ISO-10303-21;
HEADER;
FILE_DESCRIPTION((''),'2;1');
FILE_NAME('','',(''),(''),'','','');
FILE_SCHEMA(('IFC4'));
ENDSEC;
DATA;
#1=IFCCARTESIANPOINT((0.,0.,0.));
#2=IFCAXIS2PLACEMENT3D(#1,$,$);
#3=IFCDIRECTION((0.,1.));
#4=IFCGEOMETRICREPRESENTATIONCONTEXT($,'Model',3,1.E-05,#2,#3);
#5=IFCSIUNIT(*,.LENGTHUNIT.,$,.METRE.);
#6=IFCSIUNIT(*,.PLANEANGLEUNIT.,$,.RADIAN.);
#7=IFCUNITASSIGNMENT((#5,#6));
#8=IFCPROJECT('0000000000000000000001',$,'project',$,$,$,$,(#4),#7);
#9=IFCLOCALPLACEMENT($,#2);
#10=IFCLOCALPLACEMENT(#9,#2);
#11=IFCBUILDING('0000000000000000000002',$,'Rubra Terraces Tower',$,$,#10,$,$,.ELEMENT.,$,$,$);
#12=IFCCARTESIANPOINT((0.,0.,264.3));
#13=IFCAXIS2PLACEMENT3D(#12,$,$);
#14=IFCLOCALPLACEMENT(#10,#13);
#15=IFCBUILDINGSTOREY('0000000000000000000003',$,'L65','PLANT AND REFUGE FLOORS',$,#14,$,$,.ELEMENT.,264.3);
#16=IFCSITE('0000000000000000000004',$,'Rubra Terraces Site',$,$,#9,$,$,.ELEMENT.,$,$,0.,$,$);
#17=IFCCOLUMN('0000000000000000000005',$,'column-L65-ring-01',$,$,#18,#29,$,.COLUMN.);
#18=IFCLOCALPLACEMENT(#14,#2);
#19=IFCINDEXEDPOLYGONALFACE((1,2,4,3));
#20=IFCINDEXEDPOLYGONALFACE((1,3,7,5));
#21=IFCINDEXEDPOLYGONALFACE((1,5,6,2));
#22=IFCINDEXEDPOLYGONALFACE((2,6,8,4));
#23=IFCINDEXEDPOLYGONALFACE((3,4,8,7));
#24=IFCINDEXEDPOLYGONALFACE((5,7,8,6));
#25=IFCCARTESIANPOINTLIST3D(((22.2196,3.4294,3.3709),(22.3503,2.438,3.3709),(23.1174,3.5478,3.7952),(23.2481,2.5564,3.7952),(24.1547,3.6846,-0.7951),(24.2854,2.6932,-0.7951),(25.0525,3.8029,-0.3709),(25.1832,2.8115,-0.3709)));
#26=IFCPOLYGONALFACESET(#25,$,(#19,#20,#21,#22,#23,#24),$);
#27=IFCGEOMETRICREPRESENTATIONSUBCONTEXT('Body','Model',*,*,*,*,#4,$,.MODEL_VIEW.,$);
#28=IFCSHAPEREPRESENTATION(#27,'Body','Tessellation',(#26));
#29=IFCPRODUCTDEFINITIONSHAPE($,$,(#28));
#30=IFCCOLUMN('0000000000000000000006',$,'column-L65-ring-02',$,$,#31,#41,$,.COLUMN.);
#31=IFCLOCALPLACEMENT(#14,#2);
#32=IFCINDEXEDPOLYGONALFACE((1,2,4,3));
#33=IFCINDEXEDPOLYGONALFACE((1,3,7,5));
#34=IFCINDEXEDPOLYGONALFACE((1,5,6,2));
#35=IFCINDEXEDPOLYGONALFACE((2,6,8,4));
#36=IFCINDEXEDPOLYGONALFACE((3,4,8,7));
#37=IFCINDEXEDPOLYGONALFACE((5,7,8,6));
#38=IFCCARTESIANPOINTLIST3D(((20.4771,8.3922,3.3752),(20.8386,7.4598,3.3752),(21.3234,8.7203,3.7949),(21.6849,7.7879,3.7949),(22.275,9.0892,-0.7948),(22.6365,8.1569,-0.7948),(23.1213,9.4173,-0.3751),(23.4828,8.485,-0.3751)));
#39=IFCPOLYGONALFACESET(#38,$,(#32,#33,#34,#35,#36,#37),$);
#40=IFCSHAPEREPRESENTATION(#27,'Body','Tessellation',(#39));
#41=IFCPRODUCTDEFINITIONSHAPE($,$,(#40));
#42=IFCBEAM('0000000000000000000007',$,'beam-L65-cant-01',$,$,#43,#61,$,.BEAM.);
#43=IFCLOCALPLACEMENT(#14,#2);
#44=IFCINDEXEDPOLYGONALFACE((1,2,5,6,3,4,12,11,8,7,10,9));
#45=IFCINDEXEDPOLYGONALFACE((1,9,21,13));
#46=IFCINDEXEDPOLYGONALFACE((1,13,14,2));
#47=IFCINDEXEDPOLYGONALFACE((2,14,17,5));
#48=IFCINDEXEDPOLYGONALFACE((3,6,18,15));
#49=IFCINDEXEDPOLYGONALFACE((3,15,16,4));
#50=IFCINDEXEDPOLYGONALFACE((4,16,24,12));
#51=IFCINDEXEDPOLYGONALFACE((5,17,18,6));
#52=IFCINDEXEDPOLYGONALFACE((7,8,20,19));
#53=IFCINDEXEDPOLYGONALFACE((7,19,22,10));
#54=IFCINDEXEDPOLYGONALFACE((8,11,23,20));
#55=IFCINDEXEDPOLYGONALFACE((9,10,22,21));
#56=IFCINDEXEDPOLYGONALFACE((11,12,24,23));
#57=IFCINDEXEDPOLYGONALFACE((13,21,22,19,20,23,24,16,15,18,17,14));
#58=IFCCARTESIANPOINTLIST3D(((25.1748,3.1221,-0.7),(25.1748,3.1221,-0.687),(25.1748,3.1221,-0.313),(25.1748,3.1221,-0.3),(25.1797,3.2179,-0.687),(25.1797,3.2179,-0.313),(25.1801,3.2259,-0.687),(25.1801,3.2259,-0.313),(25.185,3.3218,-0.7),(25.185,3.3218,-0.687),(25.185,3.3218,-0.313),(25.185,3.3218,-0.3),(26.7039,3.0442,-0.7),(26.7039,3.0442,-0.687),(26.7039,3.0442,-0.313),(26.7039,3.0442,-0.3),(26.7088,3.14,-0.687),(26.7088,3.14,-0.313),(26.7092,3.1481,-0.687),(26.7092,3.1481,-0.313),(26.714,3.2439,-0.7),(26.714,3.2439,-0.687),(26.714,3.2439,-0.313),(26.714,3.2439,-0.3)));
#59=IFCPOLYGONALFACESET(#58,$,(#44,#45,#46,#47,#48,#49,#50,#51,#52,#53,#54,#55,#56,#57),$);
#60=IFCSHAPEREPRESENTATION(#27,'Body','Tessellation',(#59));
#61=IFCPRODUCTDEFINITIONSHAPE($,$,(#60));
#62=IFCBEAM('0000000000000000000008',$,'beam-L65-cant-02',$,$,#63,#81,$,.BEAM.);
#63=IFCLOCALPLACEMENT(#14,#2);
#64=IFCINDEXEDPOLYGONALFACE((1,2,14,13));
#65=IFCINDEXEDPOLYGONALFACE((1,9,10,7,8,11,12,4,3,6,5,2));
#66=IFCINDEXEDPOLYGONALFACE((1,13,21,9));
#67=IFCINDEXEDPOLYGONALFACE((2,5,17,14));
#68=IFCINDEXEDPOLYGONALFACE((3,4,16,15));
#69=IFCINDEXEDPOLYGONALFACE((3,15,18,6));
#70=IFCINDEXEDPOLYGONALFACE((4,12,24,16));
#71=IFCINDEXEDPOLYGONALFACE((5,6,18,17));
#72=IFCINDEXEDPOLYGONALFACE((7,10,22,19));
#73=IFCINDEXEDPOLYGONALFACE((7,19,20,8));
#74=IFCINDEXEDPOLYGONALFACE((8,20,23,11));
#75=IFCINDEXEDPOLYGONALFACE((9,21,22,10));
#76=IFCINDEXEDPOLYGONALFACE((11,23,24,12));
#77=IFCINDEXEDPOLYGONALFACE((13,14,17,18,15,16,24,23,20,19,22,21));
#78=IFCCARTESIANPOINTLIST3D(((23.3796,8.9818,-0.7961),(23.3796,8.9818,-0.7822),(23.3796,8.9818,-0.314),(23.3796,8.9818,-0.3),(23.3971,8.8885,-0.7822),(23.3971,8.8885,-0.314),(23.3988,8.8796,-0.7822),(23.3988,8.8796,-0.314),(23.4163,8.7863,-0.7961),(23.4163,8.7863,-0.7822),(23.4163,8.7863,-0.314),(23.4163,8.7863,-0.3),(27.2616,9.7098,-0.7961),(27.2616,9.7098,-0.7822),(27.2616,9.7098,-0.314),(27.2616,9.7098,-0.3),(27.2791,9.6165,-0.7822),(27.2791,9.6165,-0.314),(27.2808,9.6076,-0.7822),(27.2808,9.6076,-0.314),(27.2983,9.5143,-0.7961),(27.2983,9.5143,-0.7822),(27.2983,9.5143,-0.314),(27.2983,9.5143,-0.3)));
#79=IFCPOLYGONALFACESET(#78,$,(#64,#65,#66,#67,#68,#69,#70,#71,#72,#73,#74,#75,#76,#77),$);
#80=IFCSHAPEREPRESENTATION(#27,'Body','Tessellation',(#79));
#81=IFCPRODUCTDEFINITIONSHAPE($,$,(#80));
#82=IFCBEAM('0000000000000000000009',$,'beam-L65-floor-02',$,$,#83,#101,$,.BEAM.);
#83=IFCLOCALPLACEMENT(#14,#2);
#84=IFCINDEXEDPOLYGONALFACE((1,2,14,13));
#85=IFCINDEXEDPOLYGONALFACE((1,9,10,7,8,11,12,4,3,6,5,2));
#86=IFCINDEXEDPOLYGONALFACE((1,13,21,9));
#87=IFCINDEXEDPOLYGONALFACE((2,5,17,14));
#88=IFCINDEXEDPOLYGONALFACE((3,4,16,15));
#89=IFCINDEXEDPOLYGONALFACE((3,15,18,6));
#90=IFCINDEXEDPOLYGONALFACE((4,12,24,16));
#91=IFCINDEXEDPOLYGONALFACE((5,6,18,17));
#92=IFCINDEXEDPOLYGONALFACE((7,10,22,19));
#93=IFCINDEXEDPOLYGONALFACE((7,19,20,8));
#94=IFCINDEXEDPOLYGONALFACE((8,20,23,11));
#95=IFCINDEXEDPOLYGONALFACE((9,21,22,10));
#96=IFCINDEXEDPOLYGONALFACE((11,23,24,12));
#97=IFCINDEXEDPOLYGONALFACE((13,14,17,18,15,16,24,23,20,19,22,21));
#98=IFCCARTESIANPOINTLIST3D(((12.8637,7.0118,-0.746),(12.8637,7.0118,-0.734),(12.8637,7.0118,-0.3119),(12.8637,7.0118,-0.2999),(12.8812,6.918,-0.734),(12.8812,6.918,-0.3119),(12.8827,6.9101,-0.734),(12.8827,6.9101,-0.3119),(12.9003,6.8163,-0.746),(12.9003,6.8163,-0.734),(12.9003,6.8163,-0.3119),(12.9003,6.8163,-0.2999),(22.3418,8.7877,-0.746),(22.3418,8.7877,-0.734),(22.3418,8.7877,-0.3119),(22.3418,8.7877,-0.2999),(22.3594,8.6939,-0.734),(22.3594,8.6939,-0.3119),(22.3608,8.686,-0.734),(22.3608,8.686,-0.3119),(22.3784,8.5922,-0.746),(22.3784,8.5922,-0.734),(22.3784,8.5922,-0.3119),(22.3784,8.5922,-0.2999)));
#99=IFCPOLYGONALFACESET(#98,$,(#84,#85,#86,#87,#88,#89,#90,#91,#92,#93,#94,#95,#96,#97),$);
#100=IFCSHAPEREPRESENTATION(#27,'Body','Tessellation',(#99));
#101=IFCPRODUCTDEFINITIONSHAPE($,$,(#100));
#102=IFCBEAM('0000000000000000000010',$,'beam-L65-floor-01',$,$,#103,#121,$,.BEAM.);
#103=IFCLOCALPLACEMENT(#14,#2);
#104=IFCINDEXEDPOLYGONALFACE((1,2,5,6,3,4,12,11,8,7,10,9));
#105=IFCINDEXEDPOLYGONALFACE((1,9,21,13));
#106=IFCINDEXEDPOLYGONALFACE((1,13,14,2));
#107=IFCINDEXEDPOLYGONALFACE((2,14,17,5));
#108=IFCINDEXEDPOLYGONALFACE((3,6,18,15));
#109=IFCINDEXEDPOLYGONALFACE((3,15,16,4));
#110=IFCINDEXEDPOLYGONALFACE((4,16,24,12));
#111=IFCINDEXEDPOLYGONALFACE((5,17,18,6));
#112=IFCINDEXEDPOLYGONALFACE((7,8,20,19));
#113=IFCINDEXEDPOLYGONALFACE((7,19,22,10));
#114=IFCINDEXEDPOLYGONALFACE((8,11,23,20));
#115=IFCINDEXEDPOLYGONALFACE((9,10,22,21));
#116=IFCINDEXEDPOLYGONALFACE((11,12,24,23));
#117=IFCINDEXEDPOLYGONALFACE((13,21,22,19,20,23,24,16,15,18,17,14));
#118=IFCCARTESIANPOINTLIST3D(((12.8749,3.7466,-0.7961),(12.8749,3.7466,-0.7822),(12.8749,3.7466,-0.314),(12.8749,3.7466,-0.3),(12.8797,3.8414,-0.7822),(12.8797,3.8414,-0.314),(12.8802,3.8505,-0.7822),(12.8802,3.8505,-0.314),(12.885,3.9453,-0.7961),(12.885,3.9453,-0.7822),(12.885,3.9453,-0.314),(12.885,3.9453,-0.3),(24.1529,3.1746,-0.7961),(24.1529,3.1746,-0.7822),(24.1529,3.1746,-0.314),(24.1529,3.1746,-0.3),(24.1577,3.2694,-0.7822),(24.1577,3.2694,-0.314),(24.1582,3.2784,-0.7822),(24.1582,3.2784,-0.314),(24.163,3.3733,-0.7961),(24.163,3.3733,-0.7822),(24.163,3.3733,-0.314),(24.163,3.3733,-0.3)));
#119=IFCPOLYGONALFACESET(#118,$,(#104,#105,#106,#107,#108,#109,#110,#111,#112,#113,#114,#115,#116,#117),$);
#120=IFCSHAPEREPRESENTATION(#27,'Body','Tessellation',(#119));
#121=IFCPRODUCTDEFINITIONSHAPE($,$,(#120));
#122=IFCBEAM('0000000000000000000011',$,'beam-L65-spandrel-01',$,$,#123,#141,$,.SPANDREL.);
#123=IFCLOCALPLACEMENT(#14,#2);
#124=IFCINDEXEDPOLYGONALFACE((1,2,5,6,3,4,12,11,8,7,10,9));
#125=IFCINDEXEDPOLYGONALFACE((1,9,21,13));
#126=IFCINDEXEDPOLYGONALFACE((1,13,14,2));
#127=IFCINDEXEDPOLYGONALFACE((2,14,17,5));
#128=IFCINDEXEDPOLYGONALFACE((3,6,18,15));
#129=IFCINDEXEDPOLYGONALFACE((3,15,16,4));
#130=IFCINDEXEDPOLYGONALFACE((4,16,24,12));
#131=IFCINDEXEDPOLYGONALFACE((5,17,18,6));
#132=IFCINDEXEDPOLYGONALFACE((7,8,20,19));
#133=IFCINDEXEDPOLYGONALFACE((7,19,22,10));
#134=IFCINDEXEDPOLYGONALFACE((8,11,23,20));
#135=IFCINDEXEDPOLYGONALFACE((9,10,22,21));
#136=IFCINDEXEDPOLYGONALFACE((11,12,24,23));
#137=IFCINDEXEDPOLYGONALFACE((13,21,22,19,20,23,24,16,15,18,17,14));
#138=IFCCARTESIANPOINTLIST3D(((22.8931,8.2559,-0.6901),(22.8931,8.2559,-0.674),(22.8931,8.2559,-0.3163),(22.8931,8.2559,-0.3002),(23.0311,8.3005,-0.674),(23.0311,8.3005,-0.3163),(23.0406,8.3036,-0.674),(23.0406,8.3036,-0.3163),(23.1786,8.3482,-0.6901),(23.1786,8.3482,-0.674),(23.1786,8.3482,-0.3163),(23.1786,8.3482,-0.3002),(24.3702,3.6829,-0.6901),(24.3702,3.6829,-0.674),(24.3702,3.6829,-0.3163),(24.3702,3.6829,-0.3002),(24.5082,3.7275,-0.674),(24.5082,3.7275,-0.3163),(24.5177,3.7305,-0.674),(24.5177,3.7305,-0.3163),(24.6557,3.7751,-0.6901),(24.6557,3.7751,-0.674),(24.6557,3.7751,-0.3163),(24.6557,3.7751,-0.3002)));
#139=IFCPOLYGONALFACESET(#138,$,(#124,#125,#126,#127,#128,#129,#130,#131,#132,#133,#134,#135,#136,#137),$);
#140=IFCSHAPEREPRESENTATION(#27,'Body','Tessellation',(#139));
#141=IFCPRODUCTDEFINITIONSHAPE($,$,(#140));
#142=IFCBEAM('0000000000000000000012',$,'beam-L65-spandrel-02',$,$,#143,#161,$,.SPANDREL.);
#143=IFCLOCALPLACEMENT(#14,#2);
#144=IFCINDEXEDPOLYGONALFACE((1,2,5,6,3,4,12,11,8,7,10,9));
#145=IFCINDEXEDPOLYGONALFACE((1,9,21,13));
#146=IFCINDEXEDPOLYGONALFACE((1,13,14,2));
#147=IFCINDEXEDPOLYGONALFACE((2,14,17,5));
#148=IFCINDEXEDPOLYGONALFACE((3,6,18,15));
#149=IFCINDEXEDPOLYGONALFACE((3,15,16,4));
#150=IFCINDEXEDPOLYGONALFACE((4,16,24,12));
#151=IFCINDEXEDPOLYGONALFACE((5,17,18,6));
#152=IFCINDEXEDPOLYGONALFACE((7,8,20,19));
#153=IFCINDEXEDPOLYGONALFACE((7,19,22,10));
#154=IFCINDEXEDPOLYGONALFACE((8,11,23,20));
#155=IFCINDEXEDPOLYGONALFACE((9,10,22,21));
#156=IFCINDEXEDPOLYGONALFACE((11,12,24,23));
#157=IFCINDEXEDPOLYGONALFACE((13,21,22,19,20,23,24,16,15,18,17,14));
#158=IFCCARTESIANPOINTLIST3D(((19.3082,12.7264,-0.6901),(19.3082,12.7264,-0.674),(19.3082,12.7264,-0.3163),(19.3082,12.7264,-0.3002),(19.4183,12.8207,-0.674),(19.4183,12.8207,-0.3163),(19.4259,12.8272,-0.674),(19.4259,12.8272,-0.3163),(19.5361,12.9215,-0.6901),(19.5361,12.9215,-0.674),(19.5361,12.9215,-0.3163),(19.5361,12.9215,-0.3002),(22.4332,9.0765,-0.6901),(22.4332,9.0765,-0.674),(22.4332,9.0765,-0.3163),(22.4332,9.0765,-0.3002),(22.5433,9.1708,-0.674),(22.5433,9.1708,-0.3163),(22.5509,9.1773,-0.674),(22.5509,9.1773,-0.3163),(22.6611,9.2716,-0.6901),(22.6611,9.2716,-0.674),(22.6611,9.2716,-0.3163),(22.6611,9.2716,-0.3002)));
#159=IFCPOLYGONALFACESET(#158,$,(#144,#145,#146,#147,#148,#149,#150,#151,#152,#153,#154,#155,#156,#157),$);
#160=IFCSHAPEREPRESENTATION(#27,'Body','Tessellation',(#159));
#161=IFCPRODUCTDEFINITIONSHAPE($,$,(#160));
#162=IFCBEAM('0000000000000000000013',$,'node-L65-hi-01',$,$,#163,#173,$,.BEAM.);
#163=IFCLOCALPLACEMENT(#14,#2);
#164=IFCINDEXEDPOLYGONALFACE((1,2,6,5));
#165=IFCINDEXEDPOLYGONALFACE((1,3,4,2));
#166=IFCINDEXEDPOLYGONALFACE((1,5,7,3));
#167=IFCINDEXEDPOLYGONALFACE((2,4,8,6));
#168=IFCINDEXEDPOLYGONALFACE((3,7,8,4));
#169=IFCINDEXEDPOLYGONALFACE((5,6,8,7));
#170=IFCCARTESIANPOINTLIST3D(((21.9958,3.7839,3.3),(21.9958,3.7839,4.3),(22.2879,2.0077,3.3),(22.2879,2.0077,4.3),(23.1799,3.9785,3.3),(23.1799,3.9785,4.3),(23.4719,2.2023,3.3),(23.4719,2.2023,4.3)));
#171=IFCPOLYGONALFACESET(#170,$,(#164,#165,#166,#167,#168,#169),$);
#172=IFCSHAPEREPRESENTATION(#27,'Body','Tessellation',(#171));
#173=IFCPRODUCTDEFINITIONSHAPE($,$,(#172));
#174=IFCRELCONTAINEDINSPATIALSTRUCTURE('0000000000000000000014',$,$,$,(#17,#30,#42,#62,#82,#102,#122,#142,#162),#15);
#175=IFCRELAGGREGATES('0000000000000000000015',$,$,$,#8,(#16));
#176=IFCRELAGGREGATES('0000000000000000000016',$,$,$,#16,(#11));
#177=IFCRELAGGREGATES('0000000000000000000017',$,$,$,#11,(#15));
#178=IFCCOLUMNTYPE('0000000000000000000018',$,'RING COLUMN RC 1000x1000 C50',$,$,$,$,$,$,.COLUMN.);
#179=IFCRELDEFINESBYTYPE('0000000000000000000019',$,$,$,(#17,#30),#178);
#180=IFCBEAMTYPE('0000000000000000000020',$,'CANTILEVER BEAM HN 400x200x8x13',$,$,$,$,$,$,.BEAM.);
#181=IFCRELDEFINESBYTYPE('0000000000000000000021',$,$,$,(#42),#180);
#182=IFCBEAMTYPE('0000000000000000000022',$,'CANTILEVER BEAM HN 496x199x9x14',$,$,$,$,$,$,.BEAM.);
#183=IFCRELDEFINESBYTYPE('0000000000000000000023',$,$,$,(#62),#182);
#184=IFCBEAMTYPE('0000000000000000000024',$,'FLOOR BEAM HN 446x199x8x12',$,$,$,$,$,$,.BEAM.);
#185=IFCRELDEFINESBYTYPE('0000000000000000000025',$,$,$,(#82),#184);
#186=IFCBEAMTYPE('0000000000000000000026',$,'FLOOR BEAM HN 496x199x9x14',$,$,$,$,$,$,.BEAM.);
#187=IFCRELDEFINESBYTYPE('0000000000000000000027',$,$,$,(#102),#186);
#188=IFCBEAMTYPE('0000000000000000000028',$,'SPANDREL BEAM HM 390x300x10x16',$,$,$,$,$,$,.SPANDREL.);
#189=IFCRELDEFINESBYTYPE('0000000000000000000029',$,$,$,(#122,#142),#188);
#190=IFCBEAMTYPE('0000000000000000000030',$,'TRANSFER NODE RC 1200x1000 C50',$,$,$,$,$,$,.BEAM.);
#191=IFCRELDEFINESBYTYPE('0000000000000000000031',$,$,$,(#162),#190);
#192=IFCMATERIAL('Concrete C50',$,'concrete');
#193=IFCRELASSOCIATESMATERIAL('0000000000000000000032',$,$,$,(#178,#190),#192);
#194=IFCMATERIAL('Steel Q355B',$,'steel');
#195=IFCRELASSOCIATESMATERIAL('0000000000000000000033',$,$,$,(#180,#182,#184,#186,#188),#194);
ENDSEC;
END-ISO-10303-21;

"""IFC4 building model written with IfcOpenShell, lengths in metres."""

from ifc_helpers import new_model, si_unit, direction, frame, origin, origin_2d, place, context, subcontext, project, spatial, rectangle, i_section, extrude, material, material_profile, profile_set, type_object, element, save


model = new_model("IFC4")

# Units and contexts
model_context = context("Model", 3, precision=1e-05, world=origin(), true_north=direction((0.0, 1.0)))
body_context = subcontext(model_context, "Body", "Model", "MODEL_VIEW")
ifc_project = project(units=[si_unit("LENGTHUNIT", "METRE"), si_unit("PLANEANGLEUNIT", "RADIAN")], contexts=[model_context])

# Site, building, storey
site_placement = place(None, origin())
site = spatial("IfcSite", under=ifc_project, at=site_placement, Name="Rubra Terraces Site", CompositionType="ELEMENT", RefElevation=0.0)
building_placement = place(site_placement, origin())
building = spatial("IfcBuilding", under=site, at=building_placement, Name="Rubra Terraces Tower", CompositionType="ELEMENT")
storey_placement = place(building_placement, frame((0.0, 0.0, 264.3)))
storey = spatial("IfcBuildingStorey", under=building, at=storey_placement, Name="L65", Description="PLANT AND REFUGE FLOORS", CompositionType="ELEMENT", Elevation=264.3)

# Columns
ifc_material_1 = material(Name="Concrete C50", Category="concrete")
ifc_material_profile_1 = material_profile(ifc_material_1, rectangle(XDim=1.0, YDim=1.0, at=origin_2d()), Name="RC 1000x1000")
ifc_profile_set_1 = profile_set([ifc_material_profile_1], Name="Concrete C50")
column_type = type_object("IfcColumnType", Name="RING COLUMN RC 1000x1000 C50", PredefinedType="COLUMN", material=ifc_profile_set_1)
column_1_placement = place(storey_placement, frame((24.6689, 3.248, -0.583), z_axis=(-0.420613, -0.055456, 0.905544), x_axis=(0.130713, -0.99142, 0.0)))
element("IfcColumn", 1, at=column_1_placement, inside=storey, type_object=column_type, Name="column-L65-ring-01", PredefinedType="COLUMN", context=body_context, shape_type="SweptSolid", body=[
    extrude(rectangle(XDim=1.0, YDim=1.0, at=origin_2d()), origin(), (0.0, 0.0, 1.0), 4.6006),
])
column_2_placement = place(storey_placement, frame((22.8789, 8.7871, -0.585), z_axis=(-0.391334, -0.151719, 0.907656), x_axis=(0.361481, -0.93238, 0.0)))
element("IfcColumn", 2, at=column_2_placement, inside=storey, type_object=column_type, Name="column-L65-ring-02", PredefinedType="COLUMN", context=body_context, shape_type="SweptSolid", body=[
    extrude(rectangle(XDim=1.0, YDim=1.0, at=origin_2d()), origin(), (0.0, 0.0, 1.0), 4.5942),
])

# Beams
ifc_material_2 = material(Name="Steel Q355B", Category="steel")
ifc_material_profile_2 = material_profile(ifc_material_2, i_section(OverallWidth=0.2, OverallDepth=0.3999, WebThickness=0.0081, FlangeThickness=0.0129, at=origin_2d()), Name="HN 400x200x8x13")
ifc_profile_set_2 = profile_set([ifc_material_profile_2], Name="Steel Q355B")
beam_type_1 = type_object("IfcBeamType", Name="CANTILEVER BEAM HN 400x200x8x13", PredefinedType="BEAM", material=ifc_profile_set_2)
beam_1_placement = place(storey_placement, frame((25.1799, 3.2219, -0.5), z_axis=(0.998705, -0.050868, 0.0), x_axis=(0.050868, 0.998705, 0.0)))
element("IfcBeam", 3, at=beam_1_placement, inside=storey, type_object=beam_type_1, Name="beam-L65-cant-01", PredefinedType="BEAM", context=body_context, shape_type="SweptSolid", body=[
    extrude(i_section(OverallWidth=0.2, OverallDepth=0.3999, WebThickness=0.0081, FlangeThickness=0.0129, at=origin_2d()), origin(), (0.0, 0.0, 1.0), 1.531),
])
ifc_material_profile_3 = material_profile(ifc_material_2, i_section(OverallWidth=0.199, OverallDepth=0.4961, WebThickness=0.009, FlangeThickness=0.0139, at=origin_2d()), Name="HN 496x199x9x14")
ifc_profile_set_3 = profile_set([ifc_material_profile_3], Name="Steel Q355B")
beam_type_2 = type_object("IfcBeamType", Name="CANTILEVER BEAM HN 496x199x9x14", PredefinedType="BEAM", material=ifc_profile_set_3)
beam_2_placement = place(storey_placement, frame((23.3979, 8.884, -0.5481), z_axis=(0.982866, 0.184322, 0.0), x_axis=(-0.184322, 0.982866, 0.0)))
element("IfcBeam", 4, at=beam_2_placement, inside=storey, type_object=beam_type_2, Name="beam-L65-cant-02", PredefinedType="BEAM", context=body_context, shape_type="SweptSolid", body=[
    extrude(i_section(OverallWidth=0.199, OverallDepth=0.4961, WebThickness=0.009, FlangeThickness=0.0139, at=origin_2d()), origin(), (0.0, 0.0, 1.0), 3.9497),
])
ifc_material_profile_4 = material_profile(ifc_material_2, i_section(OverallWidth=0.199, OverallDepth=0.446, WebThickness=0.0081, FlangeThickness=0.012, at=origin_2d()), Name="HN 446x199x8x12")
ifc_profile_set_4 = profile_set([ifc_material_profile_4], Name="Steel Q355B")
beam_type_3 = type_object("IfcBeamType", Name="FLOOR BEAM HN 446x199x8x12", PredefinedType="BEAM", material=ifc_profile_set_4)
beam_3_placement = place(storey_placement, frame((22.3601, 8.6899, -0.5229), z_axis=(-0.982896, -0.184163, 0.0), x_axis=(0.184163, -0.982896, 0.0)))
element("IfcBeam", 5, at=beam_3_placement, inside=storey, type_object=beam_type_3, Name="beam-L65-floor-02", PredefinedType="BEAM", context=body_context, shape_type="SweptSolid", body=[
    extrude(i_section(OverallWidth=0.199, OverallDepth=0.446, WebThickness=0.0081, FlangeThickness=0.012, at=origin_2d()), origin(), (0.0, 0.0, 1.0), 9.6431),
])
ifc_material_profile_5 = material_profile(ifc_material_2, i_section(OverallWidth=0.199, OverallDepth=0.4961, WebThickness=0.009, FlangeThickness=0.0139, at=origin_2d()), Name="HN 496x199x9x14")
ifc_profile_set_5 = profile_set([ifc_material_profile_5], Name="Steel Q355B")
beam_type_4 = type_object("IfcBeamType", Name="FLOOR BEAM HN 496x199x9x14", PredefinedType="BEAM", material=ifc_profile_set_5)
beam_4_placement = place(storey_placement, frame((24.158, 3.2739, -0.5481), z_axis=(-0.998716, 0.050655, 0.0), x_axis=(-0.050655, -0.998716, 0.0)))
element("IfcBeam", 6, at=beam_4_placement, inside=storey, type_object=beam_type_4, Name="beam-L65-floor-01", PredefinedType="BEAM", context=body_context, shape_type="SweptSolid", body=[
    extrude(i_section(OverallWidth=0.199, OverallDepth=0.4961, WebThickness=0.009, FlangeThickness=0.0139, at=origin_2d()), origin(), (0.0, 0.0, 1.0), 11.2925),
])
ifc_material_profile_6 = material_profile(ifc_material_2, i_section(OverallWidth=0.3, OverallDepth=0.3899, WebThickness=0.01, FlangeThickness=0.0161, at=origin_2d()), Name="HM 390x300x10x16")
ifc_profile_set_6 = profile_set([ifc_material_profile_6], Name="Steel Q355B")
beam_type_5 = type_object("IfcBeamType", Name="SPANDREL BEAM HM 390x300x10x16", PredefinedType="SPANDREL", material=ifc_profile_set_6)
beam_5_placement = place(storey_placement, frame((24.5129, 3.729, -0.4951), z_axis=(-0.307359, 0.951594, 0.0), x_axis=(-0.951594, -0.307359, 0.0)))
element("IfcBeam", 7, at=beam_5_placement, inside=storey, type_object=beam_type_5, Name="beam-L65-spandrel-01", PredefinedType="SPANDREL", context=body_context, shape_type="SweptSolid", body=[
    extrude(i_section(OverallWidth=0.3, OverallDepth=0.3899, WebThickness=0.01, FlangeThickness=0.0161, at=origin_2d()), origin(), (0.0, 0.0, 1.0), 4.8057),
])
beam_6_placement = place(storey_placement, frame((22.5471, 9.1741, -0.4951), z_axis=(-0.650373, 0.759615, 0.0), x_axis=(-0.759615, -0.650373, 0.0)))
element("IfcBeam", 8, at=beam_6_placement, inside=storey, type_object=beam_type_5, Name="beam-L65-spandrel-02", PredefinedType="SPANDREL", context=body_context, shape_type="SweptSolid", body=[
    extrude(i_section(OverallWidth=0.3, OverallDepth=0.3899, WebThickness=0.01, FlangeThickness=0.0161, at=origin_2d()), origin(), (0.0, 0.0, 1.0), 4.8049),
])
ifc_material_profile_7 = material_profile(ifc_material_1, rectangle(XDim=1.2, YDim=1.0, at=origin_2d()), Name="RC 1200x1000")
ifc_profile_set_7 = profile_set([ifc_material_profile_7], Name="Concrete C50")
beam_type_6 = type_object("IfcBeamType", Name="TRANSFER NODE RC 1200x1000 C50", PredefinedType="BEAM", material=ifc_profile_set_7)
beam_7_placement = place(storey_placement, frame((22.8799, 2.105, 3.8), z_axis=(-0.162221, 0.986754, 0.0), x_axis=(-0.986754, -0.162221, 0.0)))
element("IfcBeam", 9, at=beam_7_placement, inside=storey, type_object=beam_type_6, Name="node-L65-hi-01", PredefinedType="BEAM", context=body_context, shape_type="SweptSolid", body=[
    extrude(rectangle(XDim=1.2, YDim=1.0, at=origin_2d()), origin(), (0.0, 0.0, 1.0), 1.8),
])

save(model, "model.ifc")
